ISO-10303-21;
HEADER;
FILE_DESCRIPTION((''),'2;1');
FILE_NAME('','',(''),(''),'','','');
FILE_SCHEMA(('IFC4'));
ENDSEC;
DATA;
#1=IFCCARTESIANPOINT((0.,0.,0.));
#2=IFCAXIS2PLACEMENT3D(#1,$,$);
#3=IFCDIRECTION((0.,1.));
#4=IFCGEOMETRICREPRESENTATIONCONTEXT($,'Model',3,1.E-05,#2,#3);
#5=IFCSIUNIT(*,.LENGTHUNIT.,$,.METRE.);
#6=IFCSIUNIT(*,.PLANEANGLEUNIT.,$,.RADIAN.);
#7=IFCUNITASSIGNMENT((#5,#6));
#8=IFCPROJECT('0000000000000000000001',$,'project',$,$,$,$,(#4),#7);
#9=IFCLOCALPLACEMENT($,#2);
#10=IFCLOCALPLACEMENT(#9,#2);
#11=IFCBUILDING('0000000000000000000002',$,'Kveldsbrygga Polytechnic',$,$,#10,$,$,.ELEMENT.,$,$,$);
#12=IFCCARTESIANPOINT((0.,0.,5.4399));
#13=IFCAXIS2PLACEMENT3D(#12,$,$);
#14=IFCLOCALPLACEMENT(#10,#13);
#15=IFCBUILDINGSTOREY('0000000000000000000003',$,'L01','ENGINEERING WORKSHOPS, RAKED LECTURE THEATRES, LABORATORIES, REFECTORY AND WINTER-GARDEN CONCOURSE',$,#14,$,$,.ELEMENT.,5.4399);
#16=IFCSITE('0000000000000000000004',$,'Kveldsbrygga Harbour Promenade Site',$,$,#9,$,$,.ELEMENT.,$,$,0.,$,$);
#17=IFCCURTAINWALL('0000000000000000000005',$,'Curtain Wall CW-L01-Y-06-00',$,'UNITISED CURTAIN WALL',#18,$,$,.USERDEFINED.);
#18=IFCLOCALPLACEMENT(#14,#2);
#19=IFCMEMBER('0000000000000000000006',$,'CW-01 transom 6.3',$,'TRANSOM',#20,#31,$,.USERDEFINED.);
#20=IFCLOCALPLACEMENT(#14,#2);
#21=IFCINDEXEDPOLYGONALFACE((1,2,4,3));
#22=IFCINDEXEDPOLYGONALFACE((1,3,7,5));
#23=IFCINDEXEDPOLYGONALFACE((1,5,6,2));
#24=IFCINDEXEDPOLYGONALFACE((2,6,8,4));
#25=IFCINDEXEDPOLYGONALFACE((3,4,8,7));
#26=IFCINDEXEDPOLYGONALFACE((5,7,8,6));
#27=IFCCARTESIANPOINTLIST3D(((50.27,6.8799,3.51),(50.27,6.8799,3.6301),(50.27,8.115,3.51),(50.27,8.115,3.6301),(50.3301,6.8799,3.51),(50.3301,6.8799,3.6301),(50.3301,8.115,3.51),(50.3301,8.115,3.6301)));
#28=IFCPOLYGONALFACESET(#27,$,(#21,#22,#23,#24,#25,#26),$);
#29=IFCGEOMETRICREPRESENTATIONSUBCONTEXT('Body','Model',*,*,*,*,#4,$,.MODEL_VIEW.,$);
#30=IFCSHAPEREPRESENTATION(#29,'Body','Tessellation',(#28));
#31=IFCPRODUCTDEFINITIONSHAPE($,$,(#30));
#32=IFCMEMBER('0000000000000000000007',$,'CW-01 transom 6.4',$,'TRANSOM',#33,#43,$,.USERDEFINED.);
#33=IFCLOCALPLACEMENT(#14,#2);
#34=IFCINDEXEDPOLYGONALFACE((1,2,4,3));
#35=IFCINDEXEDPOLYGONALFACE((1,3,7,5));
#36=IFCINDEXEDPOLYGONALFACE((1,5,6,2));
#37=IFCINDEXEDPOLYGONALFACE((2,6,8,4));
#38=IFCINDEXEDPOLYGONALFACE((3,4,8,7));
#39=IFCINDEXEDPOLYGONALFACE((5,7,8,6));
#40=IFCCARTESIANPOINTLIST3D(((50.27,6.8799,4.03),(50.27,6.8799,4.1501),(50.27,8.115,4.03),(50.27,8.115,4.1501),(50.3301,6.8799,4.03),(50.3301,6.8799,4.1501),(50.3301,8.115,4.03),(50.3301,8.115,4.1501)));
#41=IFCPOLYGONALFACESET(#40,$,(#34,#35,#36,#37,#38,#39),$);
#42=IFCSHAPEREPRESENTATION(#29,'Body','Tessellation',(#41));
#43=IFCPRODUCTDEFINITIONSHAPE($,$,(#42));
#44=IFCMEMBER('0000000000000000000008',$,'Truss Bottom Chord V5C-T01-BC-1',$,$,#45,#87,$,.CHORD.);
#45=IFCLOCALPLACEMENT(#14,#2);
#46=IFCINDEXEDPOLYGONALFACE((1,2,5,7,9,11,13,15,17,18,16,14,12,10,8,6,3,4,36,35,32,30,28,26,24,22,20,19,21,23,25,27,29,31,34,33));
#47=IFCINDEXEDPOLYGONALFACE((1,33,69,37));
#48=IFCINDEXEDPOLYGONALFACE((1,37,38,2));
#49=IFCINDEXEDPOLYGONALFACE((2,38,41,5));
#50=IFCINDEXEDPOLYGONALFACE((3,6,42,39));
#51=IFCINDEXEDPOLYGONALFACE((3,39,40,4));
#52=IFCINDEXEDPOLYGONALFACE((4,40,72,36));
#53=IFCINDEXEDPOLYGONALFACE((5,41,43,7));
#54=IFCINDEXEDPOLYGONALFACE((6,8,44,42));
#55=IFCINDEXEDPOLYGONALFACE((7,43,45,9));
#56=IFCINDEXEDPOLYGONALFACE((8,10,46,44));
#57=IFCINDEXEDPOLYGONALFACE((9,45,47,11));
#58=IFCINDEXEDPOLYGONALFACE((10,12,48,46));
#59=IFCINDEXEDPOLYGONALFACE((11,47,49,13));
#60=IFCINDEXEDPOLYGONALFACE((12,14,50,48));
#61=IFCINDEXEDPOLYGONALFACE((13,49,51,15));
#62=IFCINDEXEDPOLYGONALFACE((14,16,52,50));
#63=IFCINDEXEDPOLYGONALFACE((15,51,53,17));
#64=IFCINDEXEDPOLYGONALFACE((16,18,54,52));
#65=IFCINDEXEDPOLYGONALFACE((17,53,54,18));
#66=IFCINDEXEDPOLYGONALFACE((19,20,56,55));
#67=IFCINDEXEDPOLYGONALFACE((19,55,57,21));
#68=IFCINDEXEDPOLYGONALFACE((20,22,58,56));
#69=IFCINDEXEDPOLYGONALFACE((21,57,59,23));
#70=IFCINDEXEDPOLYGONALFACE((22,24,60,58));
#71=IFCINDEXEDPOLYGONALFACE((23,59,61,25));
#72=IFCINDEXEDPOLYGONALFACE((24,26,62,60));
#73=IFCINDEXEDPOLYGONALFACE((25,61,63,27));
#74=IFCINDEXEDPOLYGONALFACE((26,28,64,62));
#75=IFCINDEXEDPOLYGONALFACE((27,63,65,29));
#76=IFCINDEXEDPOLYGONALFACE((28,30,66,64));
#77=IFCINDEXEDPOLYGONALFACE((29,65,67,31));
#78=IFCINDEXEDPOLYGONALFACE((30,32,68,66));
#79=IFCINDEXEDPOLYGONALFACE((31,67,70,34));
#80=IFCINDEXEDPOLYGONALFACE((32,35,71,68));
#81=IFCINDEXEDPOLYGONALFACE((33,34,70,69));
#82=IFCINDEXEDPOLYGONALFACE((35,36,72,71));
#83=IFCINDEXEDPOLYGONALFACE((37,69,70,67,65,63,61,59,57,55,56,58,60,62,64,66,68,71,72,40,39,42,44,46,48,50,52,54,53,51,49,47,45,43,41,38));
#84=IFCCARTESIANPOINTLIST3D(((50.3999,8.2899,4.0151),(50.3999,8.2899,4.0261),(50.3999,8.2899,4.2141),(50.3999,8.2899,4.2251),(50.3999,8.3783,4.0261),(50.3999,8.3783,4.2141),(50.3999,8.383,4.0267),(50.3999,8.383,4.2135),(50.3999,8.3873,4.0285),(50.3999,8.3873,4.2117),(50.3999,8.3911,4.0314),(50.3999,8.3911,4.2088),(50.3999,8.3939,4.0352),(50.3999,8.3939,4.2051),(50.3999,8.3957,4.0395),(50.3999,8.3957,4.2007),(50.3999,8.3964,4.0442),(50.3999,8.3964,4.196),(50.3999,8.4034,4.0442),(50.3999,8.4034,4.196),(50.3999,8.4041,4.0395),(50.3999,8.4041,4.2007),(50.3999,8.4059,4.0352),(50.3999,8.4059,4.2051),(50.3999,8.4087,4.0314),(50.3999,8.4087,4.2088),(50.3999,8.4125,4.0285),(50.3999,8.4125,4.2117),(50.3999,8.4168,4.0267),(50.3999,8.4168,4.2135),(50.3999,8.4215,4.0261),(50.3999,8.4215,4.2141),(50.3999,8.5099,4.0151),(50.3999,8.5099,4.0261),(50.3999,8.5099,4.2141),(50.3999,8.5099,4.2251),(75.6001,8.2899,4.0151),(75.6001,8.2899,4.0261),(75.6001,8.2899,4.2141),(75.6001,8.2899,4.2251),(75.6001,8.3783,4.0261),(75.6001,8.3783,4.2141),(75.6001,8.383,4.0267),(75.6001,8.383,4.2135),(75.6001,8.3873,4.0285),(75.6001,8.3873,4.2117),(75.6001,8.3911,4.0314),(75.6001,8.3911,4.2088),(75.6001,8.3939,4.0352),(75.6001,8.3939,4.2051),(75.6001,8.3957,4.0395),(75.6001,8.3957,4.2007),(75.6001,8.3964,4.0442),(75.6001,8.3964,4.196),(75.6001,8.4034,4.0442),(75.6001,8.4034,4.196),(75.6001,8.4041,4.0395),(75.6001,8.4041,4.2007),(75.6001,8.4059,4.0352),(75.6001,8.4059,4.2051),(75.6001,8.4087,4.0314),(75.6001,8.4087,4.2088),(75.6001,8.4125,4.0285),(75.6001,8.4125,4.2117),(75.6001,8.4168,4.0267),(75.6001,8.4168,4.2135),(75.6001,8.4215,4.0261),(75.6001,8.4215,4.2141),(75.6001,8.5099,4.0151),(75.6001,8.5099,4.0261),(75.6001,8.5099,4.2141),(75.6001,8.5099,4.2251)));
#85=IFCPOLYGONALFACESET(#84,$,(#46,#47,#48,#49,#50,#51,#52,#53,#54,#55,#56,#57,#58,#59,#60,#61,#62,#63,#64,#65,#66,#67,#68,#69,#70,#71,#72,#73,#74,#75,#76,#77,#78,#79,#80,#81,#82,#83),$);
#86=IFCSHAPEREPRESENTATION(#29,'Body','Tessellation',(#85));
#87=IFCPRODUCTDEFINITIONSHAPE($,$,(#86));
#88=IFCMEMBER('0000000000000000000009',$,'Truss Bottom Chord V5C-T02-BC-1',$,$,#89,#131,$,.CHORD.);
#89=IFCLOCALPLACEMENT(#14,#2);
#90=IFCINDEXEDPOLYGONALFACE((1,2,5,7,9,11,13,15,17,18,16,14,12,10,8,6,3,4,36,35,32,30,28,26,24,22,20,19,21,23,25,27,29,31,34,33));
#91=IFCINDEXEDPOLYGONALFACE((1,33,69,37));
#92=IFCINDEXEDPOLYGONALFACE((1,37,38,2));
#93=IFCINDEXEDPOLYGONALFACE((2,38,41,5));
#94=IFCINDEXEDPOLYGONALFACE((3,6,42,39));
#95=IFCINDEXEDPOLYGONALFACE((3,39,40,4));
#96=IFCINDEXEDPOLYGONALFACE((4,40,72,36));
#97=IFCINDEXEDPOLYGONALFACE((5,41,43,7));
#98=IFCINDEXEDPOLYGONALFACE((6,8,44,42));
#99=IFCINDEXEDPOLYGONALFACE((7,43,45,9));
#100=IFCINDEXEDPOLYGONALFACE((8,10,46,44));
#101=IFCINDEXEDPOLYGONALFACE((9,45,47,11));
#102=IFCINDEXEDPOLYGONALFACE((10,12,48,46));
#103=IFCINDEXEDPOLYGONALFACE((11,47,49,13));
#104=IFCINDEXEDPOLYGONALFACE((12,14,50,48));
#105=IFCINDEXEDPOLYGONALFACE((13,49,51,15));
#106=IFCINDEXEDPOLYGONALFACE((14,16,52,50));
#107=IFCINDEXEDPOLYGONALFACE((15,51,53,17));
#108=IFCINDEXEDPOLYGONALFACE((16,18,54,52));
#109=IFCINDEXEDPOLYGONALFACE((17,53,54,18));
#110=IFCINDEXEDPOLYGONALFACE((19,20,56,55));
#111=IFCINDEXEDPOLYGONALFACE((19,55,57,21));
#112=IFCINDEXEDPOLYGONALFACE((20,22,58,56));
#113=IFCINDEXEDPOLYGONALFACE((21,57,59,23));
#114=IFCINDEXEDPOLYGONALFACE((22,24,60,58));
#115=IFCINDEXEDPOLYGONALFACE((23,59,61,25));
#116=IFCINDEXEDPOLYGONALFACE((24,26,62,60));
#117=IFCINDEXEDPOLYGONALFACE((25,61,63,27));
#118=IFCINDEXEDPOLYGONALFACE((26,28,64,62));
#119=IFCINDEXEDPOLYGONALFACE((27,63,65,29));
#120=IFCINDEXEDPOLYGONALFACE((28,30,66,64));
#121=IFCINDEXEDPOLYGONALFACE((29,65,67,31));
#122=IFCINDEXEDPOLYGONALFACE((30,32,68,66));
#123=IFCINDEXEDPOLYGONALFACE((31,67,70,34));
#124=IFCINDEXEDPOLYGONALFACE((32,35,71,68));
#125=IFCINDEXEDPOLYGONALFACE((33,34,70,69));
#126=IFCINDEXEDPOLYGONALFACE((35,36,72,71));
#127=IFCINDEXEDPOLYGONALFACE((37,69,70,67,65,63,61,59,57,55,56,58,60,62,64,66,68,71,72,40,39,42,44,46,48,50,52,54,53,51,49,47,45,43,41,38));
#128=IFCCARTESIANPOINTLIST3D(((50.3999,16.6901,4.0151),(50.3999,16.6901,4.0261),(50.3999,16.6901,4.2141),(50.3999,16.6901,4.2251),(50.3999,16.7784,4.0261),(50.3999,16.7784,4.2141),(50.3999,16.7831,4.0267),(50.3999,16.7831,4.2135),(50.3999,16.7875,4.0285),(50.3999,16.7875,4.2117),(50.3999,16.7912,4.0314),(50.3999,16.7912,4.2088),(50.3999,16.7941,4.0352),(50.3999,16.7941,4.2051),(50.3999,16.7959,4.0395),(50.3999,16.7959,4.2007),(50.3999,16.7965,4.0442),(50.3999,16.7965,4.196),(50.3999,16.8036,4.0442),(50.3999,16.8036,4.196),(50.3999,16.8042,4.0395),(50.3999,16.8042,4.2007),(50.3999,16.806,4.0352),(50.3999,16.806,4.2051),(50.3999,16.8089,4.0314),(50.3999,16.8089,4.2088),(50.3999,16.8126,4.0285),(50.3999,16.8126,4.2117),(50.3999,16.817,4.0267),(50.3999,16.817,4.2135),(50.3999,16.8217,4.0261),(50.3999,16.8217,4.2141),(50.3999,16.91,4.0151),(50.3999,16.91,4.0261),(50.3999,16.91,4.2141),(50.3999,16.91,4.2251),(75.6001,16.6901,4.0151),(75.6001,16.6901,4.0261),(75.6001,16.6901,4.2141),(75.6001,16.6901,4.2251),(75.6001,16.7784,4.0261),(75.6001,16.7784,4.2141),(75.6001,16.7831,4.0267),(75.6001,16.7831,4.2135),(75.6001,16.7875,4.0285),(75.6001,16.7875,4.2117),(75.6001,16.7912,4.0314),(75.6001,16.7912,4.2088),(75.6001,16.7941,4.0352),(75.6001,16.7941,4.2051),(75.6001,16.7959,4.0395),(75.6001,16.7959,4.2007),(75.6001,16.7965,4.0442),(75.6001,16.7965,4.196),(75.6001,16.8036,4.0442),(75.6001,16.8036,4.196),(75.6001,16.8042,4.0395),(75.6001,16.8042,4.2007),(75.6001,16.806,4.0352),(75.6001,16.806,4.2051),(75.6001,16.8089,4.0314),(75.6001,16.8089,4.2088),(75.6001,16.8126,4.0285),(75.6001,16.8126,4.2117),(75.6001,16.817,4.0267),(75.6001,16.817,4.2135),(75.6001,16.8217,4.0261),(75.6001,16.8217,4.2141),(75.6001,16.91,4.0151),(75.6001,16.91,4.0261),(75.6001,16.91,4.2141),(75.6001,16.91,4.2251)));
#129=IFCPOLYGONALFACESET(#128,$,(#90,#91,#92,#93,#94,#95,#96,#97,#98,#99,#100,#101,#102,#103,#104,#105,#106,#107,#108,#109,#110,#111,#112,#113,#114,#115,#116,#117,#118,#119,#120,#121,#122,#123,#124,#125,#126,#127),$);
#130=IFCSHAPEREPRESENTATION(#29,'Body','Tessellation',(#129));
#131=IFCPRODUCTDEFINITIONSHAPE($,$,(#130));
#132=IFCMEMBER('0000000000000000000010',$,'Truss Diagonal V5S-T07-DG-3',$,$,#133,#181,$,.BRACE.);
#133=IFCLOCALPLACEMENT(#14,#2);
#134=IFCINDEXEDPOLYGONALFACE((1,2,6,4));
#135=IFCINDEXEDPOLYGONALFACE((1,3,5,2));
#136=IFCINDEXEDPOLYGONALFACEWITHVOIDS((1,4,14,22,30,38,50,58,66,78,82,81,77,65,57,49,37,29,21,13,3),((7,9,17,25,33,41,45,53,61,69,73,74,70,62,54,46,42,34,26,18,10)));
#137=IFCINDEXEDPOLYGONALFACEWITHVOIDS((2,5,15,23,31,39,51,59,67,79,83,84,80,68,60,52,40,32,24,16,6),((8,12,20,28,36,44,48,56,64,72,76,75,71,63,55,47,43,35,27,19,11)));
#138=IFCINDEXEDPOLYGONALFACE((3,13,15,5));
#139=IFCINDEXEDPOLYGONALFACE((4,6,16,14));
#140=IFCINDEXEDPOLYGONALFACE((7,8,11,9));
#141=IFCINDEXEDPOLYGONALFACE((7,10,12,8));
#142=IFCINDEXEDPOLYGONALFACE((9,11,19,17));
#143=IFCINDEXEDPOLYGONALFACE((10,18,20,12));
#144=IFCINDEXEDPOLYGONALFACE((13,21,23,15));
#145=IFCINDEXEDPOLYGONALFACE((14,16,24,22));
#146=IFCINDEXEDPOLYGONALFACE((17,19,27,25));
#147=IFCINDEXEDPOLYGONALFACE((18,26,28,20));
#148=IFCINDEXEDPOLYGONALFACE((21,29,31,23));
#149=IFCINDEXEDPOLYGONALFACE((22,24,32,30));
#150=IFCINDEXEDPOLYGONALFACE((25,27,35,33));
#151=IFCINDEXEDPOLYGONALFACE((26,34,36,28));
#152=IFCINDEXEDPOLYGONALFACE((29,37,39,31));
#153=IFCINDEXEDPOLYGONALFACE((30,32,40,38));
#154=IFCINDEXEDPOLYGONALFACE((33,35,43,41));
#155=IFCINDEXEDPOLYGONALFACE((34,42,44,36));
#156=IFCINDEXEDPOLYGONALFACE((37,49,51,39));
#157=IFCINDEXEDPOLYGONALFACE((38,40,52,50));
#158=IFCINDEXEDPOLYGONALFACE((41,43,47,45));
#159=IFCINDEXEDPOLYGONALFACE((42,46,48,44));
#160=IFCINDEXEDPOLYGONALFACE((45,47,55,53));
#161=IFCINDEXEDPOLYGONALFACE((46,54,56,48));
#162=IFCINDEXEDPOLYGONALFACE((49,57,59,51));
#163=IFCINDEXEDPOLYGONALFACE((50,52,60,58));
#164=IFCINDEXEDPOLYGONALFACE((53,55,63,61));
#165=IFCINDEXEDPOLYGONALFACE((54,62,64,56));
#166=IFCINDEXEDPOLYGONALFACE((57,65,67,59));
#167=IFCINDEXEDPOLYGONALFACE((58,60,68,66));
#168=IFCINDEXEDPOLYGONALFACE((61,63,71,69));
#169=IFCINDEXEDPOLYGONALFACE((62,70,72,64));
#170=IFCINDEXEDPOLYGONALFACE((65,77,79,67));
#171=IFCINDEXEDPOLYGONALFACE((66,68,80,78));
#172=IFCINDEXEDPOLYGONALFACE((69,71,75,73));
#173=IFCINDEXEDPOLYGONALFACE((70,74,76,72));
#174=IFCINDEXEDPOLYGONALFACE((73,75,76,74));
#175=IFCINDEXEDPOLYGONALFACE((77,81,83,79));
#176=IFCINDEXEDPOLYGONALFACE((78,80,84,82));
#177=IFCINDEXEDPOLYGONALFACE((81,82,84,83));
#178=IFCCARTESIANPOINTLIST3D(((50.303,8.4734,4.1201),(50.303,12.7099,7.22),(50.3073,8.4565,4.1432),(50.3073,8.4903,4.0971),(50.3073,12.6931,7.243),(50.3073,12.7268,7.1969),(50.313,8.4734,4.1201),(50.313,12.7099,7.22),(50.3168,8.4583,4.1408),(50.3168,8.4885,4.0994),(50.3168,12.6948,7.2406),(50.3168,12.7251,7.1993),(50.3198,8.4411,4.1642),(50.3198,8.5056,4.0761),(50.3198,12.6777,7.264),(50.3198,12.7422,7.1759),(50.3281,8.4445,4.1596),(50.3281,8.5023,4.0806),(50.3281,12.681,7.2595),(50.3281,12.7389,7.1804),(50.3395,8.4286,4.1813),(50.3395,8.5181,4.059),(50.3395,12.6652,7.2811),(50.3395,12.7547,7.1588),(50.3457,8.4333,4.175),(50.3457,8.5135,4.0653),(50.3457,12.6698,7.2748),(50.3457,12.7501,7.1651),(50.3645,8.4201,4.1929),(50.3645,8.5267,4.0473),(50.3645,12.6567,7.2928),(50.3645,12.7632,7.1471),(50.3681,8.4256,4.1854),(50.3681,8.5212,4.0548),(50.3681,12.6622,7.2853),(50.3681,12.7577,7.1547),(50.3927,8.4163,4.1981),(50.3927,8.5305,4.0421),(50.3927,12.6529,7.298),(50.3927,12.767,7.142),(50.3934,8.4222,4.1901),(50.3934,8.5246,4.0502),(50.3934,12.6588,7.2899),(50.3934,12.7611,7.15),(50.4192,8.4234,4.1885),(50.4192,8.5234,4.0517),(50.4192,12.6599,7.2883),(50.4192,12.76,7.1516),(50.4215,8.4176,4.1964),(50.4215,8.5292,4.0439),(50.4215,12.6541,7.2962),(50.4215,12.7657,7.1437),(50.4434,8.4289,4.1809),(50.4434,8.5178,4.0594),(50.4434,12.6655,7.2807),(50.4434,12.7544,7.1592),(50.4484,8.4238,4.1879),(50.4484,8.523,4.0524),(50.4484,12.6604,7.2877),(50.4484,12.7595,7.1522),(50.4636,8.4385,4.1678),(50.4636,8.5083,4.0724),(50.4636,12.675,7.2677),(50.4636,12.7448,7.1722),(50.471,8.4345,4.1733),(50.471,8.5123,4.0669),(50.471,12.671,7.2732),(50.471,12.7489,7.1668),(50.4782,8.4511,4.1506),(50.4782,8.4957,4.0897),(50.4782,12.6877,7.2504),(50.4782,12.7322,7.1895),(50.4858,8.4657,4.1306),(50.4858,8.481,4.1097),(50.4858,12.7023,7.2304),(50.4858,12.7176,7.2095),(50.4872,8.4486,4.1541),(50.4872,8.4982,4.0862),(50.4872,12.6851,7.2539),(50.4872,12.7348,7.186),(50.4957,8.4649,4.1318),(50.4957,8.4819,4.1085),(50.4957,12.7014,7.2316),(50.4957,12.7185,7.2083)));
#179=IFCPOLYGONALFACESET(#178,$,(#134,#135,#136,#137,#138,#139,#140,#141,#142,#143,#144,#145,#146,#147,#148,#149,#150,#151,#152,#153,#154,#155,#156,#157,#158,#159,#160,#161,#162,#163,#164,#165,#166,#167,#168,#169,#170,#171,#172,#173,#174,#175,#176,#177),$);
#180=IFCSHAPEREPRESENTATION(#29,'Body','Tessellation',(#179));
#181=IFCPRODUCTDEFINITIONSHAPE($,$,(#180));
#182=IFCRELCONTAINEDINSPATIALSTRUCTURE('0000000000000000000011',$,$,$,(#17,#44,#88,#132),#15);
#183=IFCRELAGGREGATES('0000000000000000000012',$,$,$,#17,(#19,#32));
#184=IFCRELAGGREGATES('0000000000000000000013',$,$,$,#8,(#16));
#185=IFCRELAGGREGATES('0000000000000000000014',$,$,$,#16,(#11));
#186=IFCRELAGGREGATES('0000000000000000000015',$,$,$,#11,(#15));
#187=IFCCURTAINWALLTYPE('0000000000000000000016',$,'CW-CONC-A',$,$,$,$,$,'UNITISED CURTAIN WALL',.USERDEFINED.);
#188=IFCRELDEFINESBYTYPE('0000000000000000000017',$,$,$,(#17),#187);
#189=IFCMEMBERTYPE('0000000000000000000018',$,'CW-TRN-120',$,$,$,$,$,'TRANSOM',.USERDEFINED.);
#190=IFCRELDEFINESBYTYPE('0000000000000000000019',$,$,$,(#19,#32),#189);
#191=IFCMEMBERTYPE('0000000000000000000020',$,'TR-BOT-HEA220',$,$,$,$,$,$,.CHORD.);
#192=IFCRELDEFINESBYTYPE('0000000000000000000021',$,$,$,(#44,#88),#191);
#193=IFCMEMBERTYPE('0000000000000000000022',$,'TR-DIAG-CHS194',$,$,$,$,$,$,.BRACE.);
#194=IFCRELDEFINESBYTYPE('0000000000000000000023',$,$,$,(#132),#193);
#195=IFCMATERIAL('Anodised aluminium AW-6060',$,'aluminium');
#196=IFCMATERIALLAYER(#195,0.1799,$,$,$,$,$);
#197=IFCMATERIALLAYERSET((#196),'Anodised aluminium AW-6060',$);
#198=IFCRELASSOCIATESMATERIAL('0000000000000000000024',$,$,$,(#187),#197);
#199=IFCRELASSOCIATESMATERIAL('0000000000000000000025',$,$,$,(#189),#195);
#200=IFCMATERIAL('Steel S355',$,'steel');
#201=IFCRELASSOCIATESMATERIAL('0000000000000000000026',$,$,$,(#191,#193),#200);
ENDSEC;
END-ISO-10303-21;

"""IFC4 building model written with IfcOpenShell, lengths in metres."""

from ifc_helpers import new_model, si_unit, direction, frame, origin, origin_2d, place, context, subcontext, project, spatial, rectangle, hollow_circle, i_section, extrude, material, layer, layer_set, material_profile, profile_set, type_object, element, aggregate, save


model = new_model("IFC4")

# Units and contexts
model_context = context("Model", 3, precision=1e-05, world=origin(), true_north=direction((0.0, 1.0)))
body_context = subcontext(model_context, "Body", "Model", "MODEL_VIEW")
ifc_project = project(units=[si_unit("LENGTHUNIT", "METRE"), si_unit("PLANEANGLEUNIT", "RADIAN")], contexts=[model_context])

# Site, building, storey
site_placement = place(None, origin())
site = spatial("IfcSite", under=ifc_project, at=site_placement, Name="Kveldsbrygga Harbour Promenade Site", CompositionType="ELEMENT", RefElevation=0.0)
building_placement = place(site_placement, origin())
building = spatial("IfcBuilding", under=site, at=building_placement, Name="Kveldsbrygga Polytechnic", CompositionType="ELEMENT")
storey_placement = place(building_placement, frame((0.0, 0.0, 5.4399)))
storey = spatial("IfcBuildingStorey", under=building, at=storey_placement, Name="L01", Description="ENGINEERING WORKSHOPS, RAKED LECTURE THEATRES, LABORATORIES, REFECTORY AND WINTER-GARDEN CONCOURSE", CompositionType="ELEMENT", Elevation=5.4399)

# Shared definitions
ifc_material_1 = material(Name="Steel S355", Category="steel")

# Curtain wall, members
ifc_material_2 = material(Name="Anodised aluminium AW-6060", Category="aluminium")
ifc_layer_1 = layer(ifc_material_2, 0.1799)
ifc_layer_set_1 = layer_set([ifc_layer_1], Name="Anodised aluminium AW-6060")
curtain_wall_type = type_object("IfcCurtainWallType", Name="CW-CONC-A", ElementType="UNITISED CURTAIN WALL", PredefinedType="USERDEFINED", material=ifc_layer_set_1)
curtain_wall_placement = place(storey_placement, origin())
curtain_wall = element("IfcCurtainWall", 1, at=curtain_wall_placement, inside=storey, type_object=curtain_wall_type, Name="Curtain Wall CW-L01-Y-06-00", ObjectType="UNITISED CURTAIN WALL", PredefinedType="USERDEFINED")
ifc_material_profile_1 = material_profile(ifc_material_2, rectangle(XDim=0.0601, YDim=0.1201, at=origin_2d()), Name="ALU 60x120")
ifc_profile_set_1 = profile_set([ifc_material_profile_1], Name="Anodised aluminium AW-6060")
member_type_1 = type_object("IfcMemberType", Name="CW-TRN-120", ElementType="TRANSOM", PredefinedType="USERDEFINED", material=ifc_profile_set_1)
member_1_placement = place(storey_placement, frame((50.3, 6.8799, 3.5701), z_axis=(0.0, 1.0, 0.0), x_axis=(-1.0, 0.0, 0.0)))
member_1 = element("IfcMember", 2, at=member_1_placement, type_object=member_type_1, Name="CW-01 transom 6.3", ObjectType="TRANSOM", PredefinedType="USERDEFINED", context=body_context, shape_type="SweptSolid", body=[
    extrude(rectangle(XDim=0.0601, YDim=0.1201, at=origin_2d()), origin(), (0.0, 0.0, 1.0), 1.2351),
])
member_2_placement = place(storey_placement, frame((50.3, 6.8799, 4.0901), z_axis=(0.0, 1.0, 0.0), x_axis=(-1.0, 0.0, 0.0)))
member_2 = element("IfcMember", 3, at=member_2_placement, type_object=member_type_1, Name="CW-01 transom 6.4", ObjectType="TRANSOM", PredefinedType="USERDEFINED", context=body_context, shape_type="SweptSolid", body=[
    extrude(rectangle(XDim=0.0601, YDim=0.1201, at=origin_2d()), origin(), (0.0, 0.0, 1.0), 1.2351),
])

# Members
ifc_material_profile_2 = material_profile(ifc_material_1, i_section(OverallWidth=0.22, OverallDepth=0.21, WebThickness=0.0071, FlangeThickness=0.011, FilletRadius=0.0181, at=origin_2d()), Name="HEA 220")
ifc_profile_set_2 = profile_set([ifc_material_profile_2], Name="Steel S355")
member_type_2 = type_object("IfcMemberType", Name="TR-BOT-HEA220", PredefinedType="CHORD", material=ifc_profile_set_2)
for number, where, z_axis, x_axis, name in (
    (4, (50.3999, 8.3999, 4.1201), (1.0, 0.0, 0.0), (0.0, 1.0, 0.0), "Truss Bottom Chord V5C-T01-BC-1"),
    (5, (50.3999, 16.8, 4.1201), (1.0, 0.0, 0.0), (0.0, 1.0, 0.0), "Truss Bottom Chord V5C-T02-BC-1"),
):
    element("IfcMember", number, at=place(storey_placement, frame(where, z_axis=z_axis, x_axis=x_axis)), inside=storey, type_object=member_type_2, Name=name, PredefinedType="CHORD", context=body_context, shape_type="SweptSolid", body=[
        extrude(i_section(OverallWidth=0.22, OverallDepth=0.21, WebThickness=0.0071, FlangeThickness=0.011, FilletRadius=0.0181, at=origin_2d()), origin(), (0.0, 0.0, 1.0), 25.2002),
    ])
ifc_material_profile_3 = material_profile(ifc_material_1, hollow_circle(Radius=0.0969, WallThickness=0.01, at=origin_2d()), Name="CHS 193.7x10.0")
ifc_profile_set_3 = profile_set([ifc_material_profile_3], Name="Steel S355")
member_type_3 = type_object("IfcMemberType", Name="TR-DIAG-CHS194", PredefinedType="BRACE", material=ifc_profile_set_3)
member_3_placement = place(storey_placement, frame((50.3999, 8.4734, 4.1201), z_axis=(0.0, 0.807037, 0.5905), x_axis=(-1.0, 0.0, 0.0)))
element("IfcMember", 6, at=member_3_placement, inside=storey, type_object=member_type_3, Name="Truss Diagonal V5S-T07-DG-3", PredefinedType="BRACE", context=body_context, shape_type="SweptSolid", body=[
    extrude(hollow_circle(Radius=0.0969, WallThickness=0.01, at=origin_2d()), origin(), (0.0, 0.0, 1.0), 5.2495),
])

aggregate(curtain_wall, [member_1, member_2])

save(model, "model.ifc")
